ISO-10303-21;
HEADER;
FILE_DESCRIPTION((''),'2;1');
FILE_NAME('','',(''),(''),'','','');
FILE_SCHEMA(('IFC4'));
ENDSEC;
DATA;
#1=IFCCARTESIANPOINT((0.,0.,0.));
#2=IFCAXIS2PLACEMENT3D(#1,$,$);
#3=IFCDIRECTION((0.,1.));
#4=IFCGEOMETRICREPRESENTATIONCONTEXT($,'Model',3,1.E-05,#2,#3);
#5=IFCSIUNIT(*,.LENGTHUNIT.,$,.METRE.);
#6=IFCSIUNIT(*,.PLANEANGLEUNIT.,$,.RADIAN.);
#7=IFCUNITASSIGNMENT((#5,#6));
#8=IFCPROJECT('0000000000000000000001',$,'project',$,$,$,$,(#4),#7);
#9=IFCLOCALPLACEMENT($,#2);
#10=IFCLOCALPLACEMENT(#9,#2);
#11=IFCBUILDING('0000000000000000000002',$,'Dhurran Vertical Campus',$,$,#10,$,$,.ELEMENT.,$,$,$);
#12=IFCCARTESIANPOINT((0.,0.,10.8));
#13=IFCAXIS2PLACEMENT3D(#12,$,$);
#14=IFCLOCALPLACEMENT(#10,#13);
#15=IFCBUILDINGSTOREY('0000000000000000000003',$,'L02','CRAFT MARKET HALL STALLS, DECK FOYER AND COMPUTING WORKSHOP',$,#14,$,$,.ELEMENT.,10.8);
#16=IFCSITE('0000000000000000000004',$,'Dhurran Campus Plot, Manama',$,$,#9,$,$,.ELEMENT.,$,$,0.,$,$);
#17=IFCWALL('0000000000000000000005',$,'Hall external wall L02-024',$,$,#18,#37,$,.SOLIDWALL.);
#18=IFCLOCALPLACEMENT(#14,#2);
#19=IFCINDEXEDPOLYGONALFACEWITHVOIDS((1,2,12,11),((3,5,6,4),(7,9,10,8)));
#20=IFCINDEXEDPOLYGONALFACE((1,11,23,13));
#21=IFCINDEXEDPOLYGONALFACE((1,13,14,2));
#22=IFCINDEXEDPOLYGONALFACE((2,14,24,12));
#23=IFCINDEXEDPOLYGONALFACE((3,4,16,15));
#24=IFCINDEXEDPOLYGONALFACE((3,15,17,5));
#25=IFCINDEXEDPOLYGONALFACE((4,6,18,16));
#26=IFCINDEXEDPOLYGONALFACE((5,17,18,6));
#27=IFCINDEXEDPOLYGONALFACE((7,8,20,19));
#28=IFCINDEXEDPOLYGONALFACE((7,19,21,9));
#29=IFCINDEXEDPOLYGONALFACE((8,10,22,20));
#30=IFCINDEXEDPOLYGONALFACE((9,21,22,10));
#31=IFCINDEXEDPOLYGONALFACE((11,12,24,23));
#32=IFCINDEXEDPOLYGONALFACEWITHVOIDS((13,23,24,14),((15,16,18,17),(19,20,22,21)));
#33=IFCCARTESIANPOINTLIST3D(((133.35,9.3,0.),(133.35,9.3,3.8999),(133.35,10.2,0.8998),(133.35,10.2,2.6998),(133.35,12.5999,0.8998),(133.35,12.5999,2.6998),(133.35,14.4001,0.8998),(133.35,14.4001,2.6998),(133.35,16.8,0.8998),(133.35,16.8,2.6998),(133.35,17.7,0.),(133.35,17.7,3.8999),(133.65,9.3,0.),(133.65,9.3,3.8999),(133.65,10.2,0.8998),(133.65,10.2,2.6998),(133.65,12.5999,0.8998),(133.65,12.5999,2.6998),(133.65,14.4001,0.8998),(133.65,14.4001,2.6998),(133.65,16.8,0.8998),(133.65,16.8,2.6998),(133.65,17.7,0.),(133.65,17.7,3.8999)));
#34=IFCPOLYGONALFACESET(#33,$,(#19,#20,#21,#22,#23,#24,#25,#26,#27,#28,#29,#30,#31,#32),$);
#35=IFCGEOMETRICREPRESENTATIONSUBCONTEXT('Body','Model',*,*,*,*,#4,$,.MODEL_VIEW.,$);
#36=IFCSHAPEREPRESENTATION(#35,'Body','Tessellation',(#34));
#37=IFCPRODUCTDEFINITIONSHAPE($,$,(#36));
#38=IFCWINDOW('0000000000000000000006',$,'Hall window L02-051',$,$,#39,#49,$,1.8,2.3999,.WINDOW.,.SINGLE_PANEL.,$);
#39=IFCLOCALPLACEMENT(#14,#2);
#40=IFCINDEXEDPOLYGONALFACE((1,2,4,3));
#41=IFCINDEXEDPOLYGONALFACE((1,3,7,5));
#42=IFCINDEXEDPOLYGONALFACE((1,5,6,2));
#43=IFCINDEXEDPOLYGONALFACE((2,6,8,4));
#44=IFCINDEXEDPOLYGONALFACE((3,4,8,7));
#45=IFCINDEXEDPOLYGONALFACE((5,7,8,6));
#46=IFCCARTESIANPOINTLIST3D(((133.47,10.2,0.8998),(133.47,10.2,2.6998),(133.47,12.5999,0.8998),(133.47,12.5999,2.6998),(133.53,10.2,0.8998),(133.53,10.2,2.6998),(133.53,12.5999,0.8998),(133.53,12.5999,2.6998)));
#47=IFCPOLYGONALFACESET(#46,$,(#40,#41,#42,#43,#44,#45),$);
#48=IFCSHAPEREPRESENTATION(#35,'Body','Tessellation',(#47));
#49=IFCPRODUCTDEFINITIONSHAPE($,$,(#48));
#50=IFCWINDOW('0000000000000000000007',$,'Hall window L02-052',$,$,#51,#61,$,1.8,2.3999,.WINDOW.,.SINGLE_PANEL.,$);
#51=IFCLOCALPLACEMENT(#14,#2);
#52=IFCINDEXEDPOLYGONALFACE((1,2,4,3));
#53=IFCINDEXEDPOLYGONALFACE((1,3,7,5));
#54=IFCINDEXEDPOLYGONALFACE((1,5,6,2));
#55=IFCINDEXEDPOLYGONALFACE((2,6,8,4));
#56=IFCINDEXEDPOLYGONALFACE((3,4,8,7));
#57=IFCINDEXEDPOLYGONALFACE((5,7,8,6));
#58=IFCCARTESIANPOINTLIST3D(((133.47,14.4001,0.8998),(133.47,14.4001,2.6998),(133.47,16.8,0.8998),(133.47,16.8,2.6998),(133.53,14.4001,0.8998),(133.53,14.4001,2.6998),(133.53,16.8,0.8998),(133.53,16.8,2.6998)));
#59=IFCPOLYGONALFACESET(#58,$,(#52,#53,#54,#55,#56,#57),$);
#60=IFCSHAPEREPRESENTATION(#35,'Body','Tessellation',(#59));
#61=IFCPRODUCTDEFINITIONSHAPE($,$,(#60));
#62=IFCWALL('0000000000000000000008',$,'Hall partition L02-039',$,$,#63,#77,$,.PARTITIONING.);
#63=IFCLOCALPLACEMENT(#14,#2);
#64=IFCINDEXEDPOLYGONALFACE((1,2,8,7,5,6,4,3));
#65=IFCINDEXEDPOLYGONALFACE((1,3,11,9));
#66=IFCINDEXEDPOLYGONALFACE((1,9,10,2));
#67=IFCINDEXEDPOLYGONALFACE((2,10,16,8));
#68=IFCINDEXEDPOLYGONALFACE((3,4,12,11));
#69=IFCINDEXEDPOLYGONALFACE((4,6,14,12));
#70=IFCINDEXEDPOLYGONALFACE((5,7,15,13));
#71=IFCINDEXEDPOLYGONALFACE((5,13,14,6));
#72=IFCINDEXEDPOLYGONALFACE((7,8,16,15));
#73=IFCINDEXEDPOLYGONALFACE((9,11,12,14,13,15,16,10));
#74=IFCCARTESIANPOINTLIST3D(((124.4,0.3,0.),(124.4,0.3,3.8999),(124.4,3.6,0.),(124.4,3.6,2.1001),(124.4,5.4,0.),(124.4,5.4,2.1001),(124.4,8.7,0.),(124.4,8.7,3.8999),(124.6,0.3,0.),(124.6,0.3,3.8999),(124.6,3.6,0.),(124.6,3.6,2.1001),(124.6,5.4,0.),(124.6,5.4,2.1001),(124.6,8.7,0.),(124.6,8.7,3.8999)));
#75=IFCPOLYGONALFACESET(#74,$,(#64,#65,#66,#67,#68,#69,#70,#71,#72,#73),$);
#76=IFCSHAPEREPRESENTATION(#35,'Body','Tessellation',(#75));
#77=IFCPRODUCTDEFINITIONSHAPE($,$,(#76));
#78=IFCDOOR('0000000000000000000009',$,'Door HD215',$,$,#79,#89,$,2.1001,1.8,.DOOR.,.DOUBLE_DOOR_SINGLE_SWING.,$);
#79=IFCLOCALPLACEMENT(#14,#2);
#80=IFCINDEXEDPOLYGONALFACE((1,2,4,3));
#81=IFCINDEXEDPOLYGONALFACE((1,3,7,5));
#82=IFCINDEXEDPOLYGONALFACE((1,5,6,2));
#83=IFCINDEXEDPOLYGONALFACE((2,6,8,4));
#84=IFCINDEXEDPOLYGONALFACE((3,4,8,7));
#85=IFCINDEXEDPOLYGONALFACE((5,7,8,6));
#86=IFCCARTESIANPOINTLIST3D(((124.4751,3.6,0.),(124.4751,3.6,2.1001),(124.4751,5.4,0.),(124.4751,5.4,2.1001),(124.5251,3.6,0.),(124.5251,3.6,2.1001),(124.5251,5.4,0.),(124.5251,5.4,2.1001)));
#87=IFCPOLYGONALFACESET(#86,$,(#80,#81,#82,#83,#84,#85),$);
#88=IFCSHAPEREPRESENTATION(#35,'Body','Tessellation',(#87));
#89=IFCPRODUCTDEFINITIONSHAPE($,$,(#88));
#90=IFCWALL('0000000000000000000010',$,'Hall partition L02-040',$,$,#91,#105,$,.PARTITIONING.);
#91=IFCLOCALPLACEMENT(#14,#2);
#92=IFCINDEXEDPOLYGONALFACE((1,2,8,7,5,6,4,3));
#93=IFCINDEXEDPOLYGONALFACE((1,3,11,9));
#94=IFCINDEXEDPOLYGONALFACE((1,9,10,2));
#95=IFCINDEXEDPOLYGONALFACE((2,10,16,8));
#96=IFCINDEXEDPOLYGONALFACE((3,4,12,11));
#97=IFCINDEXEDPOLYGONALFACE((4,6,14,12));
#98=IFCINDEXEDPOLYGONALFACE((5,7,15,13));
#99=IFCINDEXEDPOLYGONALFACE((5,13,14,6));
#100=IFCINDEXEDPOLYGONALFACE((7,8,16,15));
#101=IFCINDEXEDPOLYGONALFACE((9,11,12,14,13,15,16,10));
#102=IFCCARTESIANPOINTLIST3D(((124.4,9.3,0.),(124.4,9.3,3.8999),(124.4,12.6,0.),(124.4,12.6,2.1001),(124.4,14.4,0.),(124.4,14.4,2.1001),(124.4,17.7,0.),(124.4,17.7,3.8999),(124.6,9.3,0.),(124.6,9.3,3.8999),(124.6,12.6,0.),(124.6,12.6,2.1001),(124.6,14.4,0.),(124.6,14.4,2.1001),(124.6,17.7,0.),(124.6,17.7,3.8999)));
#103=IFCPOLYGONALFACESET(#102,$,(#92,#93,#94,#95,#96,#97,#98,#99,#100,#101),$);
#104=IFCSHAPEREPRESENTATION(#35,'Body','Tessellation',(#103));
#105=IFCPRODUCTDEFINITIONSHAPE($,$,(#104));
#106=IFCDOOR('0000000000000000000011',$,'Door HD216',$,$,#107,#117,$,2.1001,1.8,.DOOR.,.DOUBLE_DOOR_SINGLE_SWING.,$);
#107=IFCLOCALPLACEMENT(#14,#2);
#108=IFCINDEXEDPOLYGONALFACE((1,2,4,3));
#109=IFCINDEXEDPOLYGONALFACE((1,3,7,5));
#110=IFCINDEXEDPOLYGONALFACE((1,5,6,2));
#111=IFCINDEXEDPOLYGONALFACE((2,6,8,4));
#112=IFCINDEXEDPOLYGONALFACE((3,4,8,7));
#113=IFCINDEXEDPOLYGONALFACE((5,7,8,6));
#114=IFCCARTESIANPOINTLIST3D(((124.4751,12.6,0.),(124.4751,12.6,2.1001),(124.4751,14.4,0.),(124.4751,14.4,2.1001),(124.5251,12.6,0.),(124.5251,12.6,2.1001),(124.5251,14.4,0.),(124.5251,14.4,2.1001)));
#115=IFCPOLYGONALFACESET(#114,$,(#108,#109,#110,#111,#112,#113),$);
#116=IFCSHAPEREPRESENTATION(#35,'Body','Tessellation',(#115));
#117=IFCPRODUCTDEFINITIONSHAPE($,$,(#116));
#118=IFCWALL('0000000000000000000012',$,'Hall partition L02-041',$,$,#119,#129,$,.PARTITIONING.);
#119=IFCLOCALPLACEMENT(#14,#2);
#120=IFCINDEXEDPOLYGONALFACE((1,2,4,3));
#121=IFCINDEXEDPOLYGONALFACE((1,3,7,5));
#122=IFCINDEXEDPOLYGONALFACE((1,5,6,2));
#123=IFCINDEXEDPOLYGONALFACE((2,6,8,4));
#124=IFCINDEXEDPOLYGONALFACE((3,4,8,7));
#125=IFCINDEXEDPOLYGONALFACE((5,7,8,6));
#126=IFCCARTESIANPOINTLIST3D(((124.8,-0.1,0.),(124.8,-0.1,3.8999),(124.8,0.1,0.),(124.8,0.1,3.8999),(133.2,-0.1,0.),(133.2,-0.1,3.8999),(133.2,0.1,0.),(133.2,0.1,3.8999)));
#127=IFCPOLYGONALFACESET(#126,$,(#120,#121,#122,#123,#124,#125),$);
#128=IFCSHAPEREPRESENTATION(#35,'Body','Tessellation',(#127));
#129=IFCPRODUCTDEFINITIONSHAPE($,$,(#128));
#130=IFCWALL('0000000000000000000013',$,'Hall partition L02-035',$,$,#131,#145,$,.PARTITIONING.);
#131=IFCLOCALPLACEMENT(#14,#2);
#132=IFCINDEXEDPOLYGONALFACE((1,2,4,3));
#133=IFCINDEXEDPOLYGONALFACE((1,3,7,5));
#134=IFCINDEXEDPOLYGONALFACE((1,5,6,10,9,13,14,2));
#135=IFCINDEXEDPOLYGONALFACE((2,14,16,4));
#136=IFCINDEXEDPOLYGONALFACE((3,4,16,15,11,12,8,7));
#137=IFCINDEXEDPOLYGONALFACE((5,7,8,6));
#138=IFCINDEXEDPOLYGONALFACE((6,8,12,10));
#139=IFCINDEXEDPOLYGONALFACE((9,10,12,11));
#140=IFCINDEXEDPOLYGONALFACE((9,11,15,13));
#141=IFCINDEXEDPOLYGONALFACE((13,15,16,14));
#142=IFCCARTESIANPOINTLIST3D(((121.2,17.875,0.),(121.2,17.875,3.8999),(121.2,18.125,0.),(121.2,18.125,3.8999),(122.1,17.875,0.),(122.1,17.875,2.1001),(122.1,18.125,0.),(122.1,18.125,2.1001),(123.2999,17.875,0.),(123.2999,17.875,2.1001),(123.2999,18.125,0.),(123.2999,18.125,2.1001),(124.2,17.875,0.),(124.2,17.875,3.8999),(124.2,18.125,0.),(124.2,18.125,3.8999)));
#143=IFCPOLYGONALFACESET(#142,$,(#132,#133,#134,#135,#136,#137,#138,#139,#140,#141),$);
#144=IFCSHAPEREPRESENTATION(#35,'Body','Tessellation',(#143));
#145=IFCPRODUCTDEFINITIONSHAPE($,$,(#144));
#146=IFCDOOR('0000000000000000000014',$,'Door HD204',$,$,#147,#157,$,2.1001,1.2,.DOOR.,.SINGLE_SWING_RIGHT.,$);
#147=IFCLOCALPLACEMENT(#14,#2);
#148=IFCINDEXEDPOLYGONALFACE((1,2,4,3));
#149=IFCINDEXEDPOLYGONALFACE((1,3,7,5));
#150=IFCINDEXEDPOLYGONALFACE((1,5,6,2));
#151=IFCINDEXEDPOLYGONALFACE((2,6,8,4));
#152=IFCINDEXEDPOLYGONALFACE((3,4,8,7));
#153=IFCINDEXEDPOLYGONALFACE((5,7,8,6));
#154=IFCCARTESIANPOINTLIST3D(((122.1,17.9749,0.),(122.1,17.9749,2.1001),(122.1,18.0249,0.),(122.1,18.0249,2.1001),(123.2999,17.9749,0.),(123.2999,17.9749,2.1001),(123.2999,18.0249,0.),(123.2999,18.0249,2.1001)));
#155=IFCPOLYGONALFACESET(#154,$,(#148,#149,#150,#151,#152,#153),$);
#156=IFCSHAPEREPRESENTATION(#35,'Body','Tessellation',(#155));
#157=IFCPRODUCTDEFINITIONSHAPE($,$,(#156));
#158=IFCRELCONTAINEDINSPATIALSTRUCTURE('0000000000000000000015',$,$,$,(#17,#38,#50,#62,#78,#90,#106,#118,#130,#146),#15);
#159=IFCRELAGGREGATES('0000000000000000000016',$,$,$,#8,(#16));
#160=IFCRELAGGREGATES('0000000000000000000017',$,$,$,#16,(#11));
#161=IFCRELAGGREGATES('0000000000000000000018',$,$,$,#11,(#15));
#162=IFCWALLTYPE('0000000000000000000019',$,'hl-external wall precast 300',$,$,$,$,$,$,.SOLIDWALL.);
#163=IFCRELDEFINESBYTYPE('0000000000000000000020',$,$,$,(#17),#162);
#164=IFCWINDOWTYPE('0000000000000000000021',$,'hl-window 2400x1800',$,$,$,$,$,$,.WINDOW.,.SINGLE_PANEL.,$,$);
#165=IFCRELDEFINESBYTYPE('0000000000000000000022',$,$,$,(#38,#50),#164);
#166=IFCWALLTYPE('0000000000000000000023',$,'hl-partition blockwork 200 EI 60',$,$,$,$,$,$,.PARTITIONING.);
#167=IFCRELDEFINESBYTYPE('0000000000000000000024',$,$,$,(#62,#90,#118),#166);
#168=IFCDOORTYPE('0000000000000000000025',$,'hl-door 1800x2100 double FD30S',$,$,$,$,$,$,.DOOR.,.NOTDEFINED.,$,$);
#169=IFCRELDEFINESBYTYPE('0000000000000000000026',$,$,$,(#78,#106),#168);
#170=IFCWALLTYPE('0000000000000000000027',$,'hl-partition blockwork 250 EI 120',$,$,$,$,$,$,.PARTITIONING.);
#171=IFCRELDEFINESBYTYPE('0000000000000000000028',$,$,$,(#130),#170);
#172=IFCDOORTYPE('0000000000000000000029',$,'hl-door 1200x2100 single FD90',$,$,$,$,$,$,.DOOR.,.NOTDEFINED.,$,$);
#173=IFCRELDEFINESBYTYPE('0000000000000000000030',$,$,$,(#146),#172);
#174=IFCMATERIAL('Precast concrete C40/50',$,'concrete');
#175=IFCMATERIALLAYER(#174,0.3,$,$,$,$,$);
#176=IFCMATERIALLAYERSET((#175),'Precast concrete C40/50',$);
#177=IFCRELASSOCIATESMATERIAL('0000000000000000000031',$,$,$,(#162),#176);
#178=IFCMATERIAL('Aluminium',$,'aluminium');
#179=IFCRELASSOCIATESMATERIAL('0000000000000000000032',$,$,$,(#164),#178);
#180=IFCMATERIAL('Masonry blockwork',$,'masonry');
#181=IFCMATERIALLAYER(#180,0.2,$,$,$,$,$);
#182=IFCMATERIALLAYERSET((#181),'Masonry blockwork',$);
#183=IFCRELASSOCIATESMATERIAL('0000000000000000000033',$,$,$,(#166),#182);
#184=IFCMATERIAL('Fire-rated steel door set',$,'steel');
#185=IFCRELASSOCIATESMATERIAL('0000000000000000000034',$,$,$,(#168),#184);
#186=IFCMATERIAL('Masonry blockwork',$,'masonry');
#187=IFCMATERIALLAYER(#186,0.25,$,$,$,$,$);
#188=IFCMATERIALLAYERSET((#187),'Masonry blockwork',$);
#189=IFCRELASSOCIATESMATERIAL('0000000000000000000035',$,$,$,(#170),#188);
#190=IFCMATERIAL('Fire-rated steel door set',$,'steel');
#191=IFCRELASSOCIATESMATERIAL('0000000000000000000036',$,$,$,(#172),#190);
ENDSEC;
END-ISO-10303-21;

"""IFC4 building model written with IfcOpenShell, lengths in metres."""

from ifc_helpers import new_model, si_unit, direction, frame, frame_2d, origin, place, context, subcontext, project, spatial, rectangle, extrude, material, layer, layer_set, type_object, element, fill, save


model = new_model("IFC4")

# Units and contexts
model_context = context("Model", 3, precision=1e-05, world=origin(), true_north=direction((0.0, 1.0)))
body_context = subcontext(model_context, "Body", "Model", "MODEL_VIEW")
ifc_project = project(units=[si_unit("LENGTHUNIT", "METRE"), si_unit("PLANEANGLEUNIT", "RADIAN")], contexts=[model_context])

# Site, building, storey
site_placement = place(None, origin())
site = spatial("IfcSite", under=ifc_project, at=site_placement, Name="Dhurran Campus Plot, Manama", CompositionType="ELEMENT", RefElevation=0.0)
building_placement = place(site_placement, origin())
building = spatial("IfcBuilding", under=site, at=building_placement, Name="Dhurran Vertical Campus", CompositionType="ELEMENT")
storey_placement = place(building_placement, frame((0.0, 0.0, 10.8)))
storey = spatial("IfcBuildingStorey", under=building, at=storey_placement, Name="L02", Description="CRAFT MARKET HALL STALLS, DECK FOYER AND COMPUTING WORKSHOP", CompositionType="ELEMENT", Elevation=10.8)

# Wall, openings, windows
ifc_material_1 = material(Name="Precast concrete C40/50", Category="concrete")
ifc_layer_1 = layer(ifc_material_1, 0.3)
ifc_layer_set_1 = layer_set([ifc_layer_1], Name="Precast concrete C40/50")
wall_type_1 = type_object("IfcWallType", Name="hl-external wall precast 300", PredefinedType="SOLIDWALL", material=ifc_layer_set_1)
ifc_material_2 = material(Name="Aluminium", Category="aluminium")
window_type = type_object("IfcWindowType", Name="hl-window 2400x1800", PartitioningType="SINGLE_PANEL", PredefinedType="WINDOW", material=ifc_material_2)
wall_1_placement = place(storey_placement, frame((133.5, 9.3, 0.0), z_axis=(0.0, 0.0, 1.0), x_axis=(0.0, 1.0, 0.0)))
wall_1 = element("IfcWall", 1, at=wall_1_placement, inside=storey, type_object=wall_type_1, Name="Hall external wall L02-024", PredefinedType="SOLIDWALL", context=body_context, shape_type="SweptSolid", body=[
    extrude(rectangle(XDim=8.3999, YDim=0.3, at=frame_2d((4.2, 0.0))), origin(), (0.0, 0.0, 1.0), 3.8999),
])
opening_1_placement = place(wall_1_placement, frame((0.8999, 0.0, 0.8999)))
opening_1 = element("IfcOpeningElement", 2, at=opening_1_placement, cuts=wall_1, PredefinedType="OPENING", context=body_context, shape_type="SweptSolid", body=[
    extrude(rectangle(XDim=2.3999, YDim=1.8, at=frame_2d((1.2, 0.8999))), frame((0.0, 0.1599, 0.0), z_axis=(0.0, -1.0, 0.0), x_axis=(1.0, 0.0, 0.0)), (0.0, 0.0, 1.0), 0.3201),
])
opening_2_placement = place(wall_1_placement, frame((5.1001, 0.0, 0.8999)))
opening_2 = element("IfcOpeningElement", 3, at=opening_2_placement, cuts=wall_1, PredefinedType="OPENING", context=body_context, shape_type="SweptSolid", body=[
    extrude(rectangle(XDim=2.3999, YDim=1.8, at=frame_2d((1.2, 0.8999))), frame((0.0, 0.1599, 0.0), z_axis=(0.0, -1.0, 0.0), x_axis=(1.0, 0.0, 0.0)), (0.0, 0.0, 1.0), 0.3201),
])
window_1_placement = place(opening_1_placement, origin())
window_1 = element("IfcWindow", 4, at=window_1_placement, inside=storey, type_object=window_type, Name="Hall window L02-051", OverallHeight=1.8, OverallWidth=2.3999, PartitioningType="SINGLE_PANEL", PredefinedType="WINDOW", context=body_context, shape_type="SweptSolid", body=[
    extrude(rectangle(XDim=2.3999, YDim=1.8, at=frame_2d((1.2, 0.8999))), frame((0.0, 0.03, 0.0), z_axis=(0.0, -1.0, 0.0), x_axis=(1.0, 0.0, 0.0)), (0.0, 0.0, 1.0), 0.0601),
])
fill(opening_1, window_1)
window_2_placement = place(opening_2_placement, origin())
window_2 = element("IfcWindow", 5, at=window_2_placement, inside=storey, type_object=window_type, Name="Hall window L02-052", OverallHeight=1.8, OverallWidth=2.3999, PartitioningType="SINGLE_PANEL", PredefinedType="WINDOW", context=body_context, shape_type="SweptSolid", body=[
    extrude(rectangle(XDim=2.3999, YDim=1.8, at=frame_2d((1.2, 0.8999))), frame((0.0, 0.03, 0.0), z_axis=(0.0, -1.0, 0.0), x_axis=(1.0, 0.0, 0.0)), (0.0, 0.0, 1.0), 0.0601),
])
fill(opening_2, window_2)

# Walls, openings, doors
ifc_material_3 = material(Name="Masonry blockwork", Category="masonry")
ifc_layer_2 = layer(ifc_material_3, 0.2)
ifc_layer_set_2 = layer_set([ifc_layer_2], Name="Masonry blockwork")
wall_type_2 = type_object("IfcWallType", Name="hl-partition blockwork 200 EI 60", PredefinedType="PARTITIONING", material=ifc_layer_set_2)
wall_2_placement = place(storey_placement, frame((124.5, 0.3, 0.0), z_axis=(0.0, 0.0, 1.0), x_axis=(0.0, 1.0, 0.0)))
wall_2 = element("IfcWall", 6, at=wall_2_placement, inside=storey, type_object=wall_type_2, Name="Hall partition L02-039", PredefinedType="PARTITIONING", context=body_context, shape_type="SweptSolid", body=[
    extrude(rectangle(XDim=8.3999, YDim=0.2, at=frame_2d((4.2, 0.0))), origin(), (0.0, 0.0, 1.0), 3.8999),
])
opening_3_placement = place(wall_2_placement, frame((3.3, 0.0, 0.0)))
opening_3 = element("IfcOpeningElement", 7, at=opening_3_placement, cuts=wall_2, PredefinedType="OPENING", context=body_context, shape_type="SweptSolid", body=[
    extrude(rectangle(XDim=1.8, YDim=2.1001, at=frame_2d((0.8999, 1.05))), frame((0.0, 0.1099, 0.0), z_axis=(0.0, -1.0, 0.0), x_axis=(1.0, 0.0, 0.0)), (0.0, 0.0, 1.0), 0.22),
])
ifc_material_4 = material(Name="Fire-rated steel door set", Category="steel")
door_type_1 = type_object("IfcDoorType", Name="hl-door 1800x2100 double FD30S", OperationType="NOTDEFINED", PredefinedType="DOOR", material=ifc_material_4)
door_1_placement = place(opening_3_placement, origin())
door_1 = element("IfcDoor", 8, at=door_1_placement, inside=storey, type_object=door_type_1, Name="Door HD215", OperationType="DOUBLE_DOOR_SINGLE_SWING", OverallHeight=2.1001, OverallWidth=1.8, PredefinedType="DOOR", context=body_context, shape_type="SweptSolid", body=[
    extrude(rectangle(XDim=1.8, YDim=2.1001, at=frame_2d((0.8999, 1.05))), frame((0.0, 0.0249, 0.0), z_axis=(0.0, -1.0, 0.0), x_axis=(1.0, 0.0, 0.0)), (0.0, 0.0, 1.0), 0.05),
])
fill(opening_3, door_1)
wall_3_placement = place(storey_placement, frame((124.5, 9.3, 0.0), z_axis=(0.0, 0.0, 1.0), x_axis=(0.0, 1.0, 0.0)))
wall_3 = element("IfcWall", 9, at=wall_3_placement, inside=storey, type_object=wall_type_2, Name="Hall partition L02-040", PredefinedType="PARTITIONING", context=body_context, shape_type="SweptSolid", body=[
    extrude(rectangle(XDim=8.3999, YDim=0.2, at=frame_2d((4.2, 0.0))), origin(), (0.0, 0.0, 1.0), 3.8999),
])
opening_4_placement = place(wall_3_placement, frame((3.3, 0.0, 0.0)))
opening_4 = element("IfcOpeningElement", 10, at=opening_4_placement, cuts=wall_3, PredefinedType="OPENING", context=body_context, shape_type="SweptSolid", body=[
    extrude(rectangle(XDim=1.8, YDim=2.1001, at=frame_2d((0.8999, 1.05))), frame((0.0, 0.1099, 0.0), z_axis=(0.0, -1.0, 0.0), x_axis=(1.0, 0.0, 0.0)), (0.0, 0.0, 1.0), 0.22),
])
door_2_placement = place(opening_4_placement, origin())
door_2 = element("IfcDoor", 11, at=door_2_placement, inside=storey, type_object=door_type_1, Name="Door HD216", OperationType="DOUBLE_DOOR_SINGLE_SWING", OverallHeight=2.1001, OverallWidth=1.8, PredefinedType="DOOR", context=body_context, shape_type="SweptSolid", body=[
    extrude(rectangle(XDim=1.8, YDim=2.1001, at=frame_2d((0.8999, 1.05))), frame((0.0, 0.0249, 0.0), z_axis=(0.0, -1.0, 0.0), x_axis=(1.0, 0.0, 0.0)), (0.0, 0.0, 1.0), 0.05),
])
fill(opening_4, door_2)

# Wall
wall_4_placement = place(storey_placement, frame((124.8, 0.0, 0.0), z_axis=(0.0, 0.0, 1.0), x_axis=(1.0, 0.0, 0.0)))
element("IfcWall", 12, at=wall_4_placement, inside=storey, type_object=wall_type_2, Name="Hall partition L02-041", PredefinedType="PARTITIONING", context=body_context, shape_type="SweptSolid", body=[
    extrude(rectangle(XDim=8.3999, YDim=0.2, at=frame_2d((4.2, 0.0))), origin(), (0.0, 0.0, 1.0), 3.8999),
])

# Wall, opening, door
ifc_material_5 = material(Name="Masonry blockwork", Category="masonry")
ifc_layer_3 = layer(ifc_material_5, 0.25)
ifc_layer_set_3 = layer_set([ifc_layer_3], Name="Masonry blockwork")
wall_type_3 = type_object("IfcWallType", Name="hl-partition blockwork 250 EI 120", PredefinedType="PARTITIONING", material=ifc_layer_set_3)
wall_5_placement = place(storey_placement, frame((121.2, 18.0, 0.0), z_axis=(0.0, 0.0, 1.0), x_axis=(1.0, 0.0, 0.0)))
wall_5 = element("IfcWall", 13, at=wall_5_placement, inside=storey, type_object=wall_type_3, Name="Hall partition L02-035", PredefinedType="PARTITIONING", context=body_context, shape_type="SweptSolid", body=[
    extrude(rectangle(XDim=3.0, YDim=0.25, at=frame_2d((1.5, 0.0))), origin(), (0.0, 0.0, 1.0), 3.8999),
])
opening_5_placement = place(wall_5_placement, frame((0.8999, 0.0, 0.0)))
opening_5 = element("IfcOpeningElement", 14, at=opening_5_placement, cuts=wall_5, PredefinedType="OPENING", context=body_context, shape_type="SweptSolid", body=[
    extrude(rectangle(XDim=1.2, YDim=2.1001, at=frame_2d((0.6001, 1.05))), frame((0.0, 0.135, 0.0), z_axis=(0.0, -1.0, 0.0), x_axis=(1.0, 0.0, 0.0)), (0.0, 0.0, 1.0), 0.27),
])
ifc_material_6 = material(Name="Fire-rated steel door set", Category="steel")
door_type_2 = type_object("IfcDoorType", Name="hl-door 1200x2100 single FD90", OperationType="NOTDEFINED", PredefinedType="DOOR", material=ifc_material_6)
door_3_placement = place(opening_5_placement, origin())
door_3 = element("IfcDoor", 15, at=door_3_placement, inside=storey, type_object=door_type_2, Name="Door HD204", OperationType="SINGLE_SWING_RIGHT", OverallHeight=2.1001, OverallWidth=1.2, PredefinedType="DOOR", context=body_context, shape_type="SweptSolid", body=[
    extrude(rectangle(XDim=1.2, YDim=2.1001, at=frame_2d((0.6001, 1.05))), frame((0.0, 0.0249, 0.0), z_axis=(0.0, -1.0, 0.0), x_axis=(1.0, 0.0, 0.0)), (0.0, 0.0, 1.0), 0.05),
])
fill(opening_5, door_3)

save(model, "model.ifc")
